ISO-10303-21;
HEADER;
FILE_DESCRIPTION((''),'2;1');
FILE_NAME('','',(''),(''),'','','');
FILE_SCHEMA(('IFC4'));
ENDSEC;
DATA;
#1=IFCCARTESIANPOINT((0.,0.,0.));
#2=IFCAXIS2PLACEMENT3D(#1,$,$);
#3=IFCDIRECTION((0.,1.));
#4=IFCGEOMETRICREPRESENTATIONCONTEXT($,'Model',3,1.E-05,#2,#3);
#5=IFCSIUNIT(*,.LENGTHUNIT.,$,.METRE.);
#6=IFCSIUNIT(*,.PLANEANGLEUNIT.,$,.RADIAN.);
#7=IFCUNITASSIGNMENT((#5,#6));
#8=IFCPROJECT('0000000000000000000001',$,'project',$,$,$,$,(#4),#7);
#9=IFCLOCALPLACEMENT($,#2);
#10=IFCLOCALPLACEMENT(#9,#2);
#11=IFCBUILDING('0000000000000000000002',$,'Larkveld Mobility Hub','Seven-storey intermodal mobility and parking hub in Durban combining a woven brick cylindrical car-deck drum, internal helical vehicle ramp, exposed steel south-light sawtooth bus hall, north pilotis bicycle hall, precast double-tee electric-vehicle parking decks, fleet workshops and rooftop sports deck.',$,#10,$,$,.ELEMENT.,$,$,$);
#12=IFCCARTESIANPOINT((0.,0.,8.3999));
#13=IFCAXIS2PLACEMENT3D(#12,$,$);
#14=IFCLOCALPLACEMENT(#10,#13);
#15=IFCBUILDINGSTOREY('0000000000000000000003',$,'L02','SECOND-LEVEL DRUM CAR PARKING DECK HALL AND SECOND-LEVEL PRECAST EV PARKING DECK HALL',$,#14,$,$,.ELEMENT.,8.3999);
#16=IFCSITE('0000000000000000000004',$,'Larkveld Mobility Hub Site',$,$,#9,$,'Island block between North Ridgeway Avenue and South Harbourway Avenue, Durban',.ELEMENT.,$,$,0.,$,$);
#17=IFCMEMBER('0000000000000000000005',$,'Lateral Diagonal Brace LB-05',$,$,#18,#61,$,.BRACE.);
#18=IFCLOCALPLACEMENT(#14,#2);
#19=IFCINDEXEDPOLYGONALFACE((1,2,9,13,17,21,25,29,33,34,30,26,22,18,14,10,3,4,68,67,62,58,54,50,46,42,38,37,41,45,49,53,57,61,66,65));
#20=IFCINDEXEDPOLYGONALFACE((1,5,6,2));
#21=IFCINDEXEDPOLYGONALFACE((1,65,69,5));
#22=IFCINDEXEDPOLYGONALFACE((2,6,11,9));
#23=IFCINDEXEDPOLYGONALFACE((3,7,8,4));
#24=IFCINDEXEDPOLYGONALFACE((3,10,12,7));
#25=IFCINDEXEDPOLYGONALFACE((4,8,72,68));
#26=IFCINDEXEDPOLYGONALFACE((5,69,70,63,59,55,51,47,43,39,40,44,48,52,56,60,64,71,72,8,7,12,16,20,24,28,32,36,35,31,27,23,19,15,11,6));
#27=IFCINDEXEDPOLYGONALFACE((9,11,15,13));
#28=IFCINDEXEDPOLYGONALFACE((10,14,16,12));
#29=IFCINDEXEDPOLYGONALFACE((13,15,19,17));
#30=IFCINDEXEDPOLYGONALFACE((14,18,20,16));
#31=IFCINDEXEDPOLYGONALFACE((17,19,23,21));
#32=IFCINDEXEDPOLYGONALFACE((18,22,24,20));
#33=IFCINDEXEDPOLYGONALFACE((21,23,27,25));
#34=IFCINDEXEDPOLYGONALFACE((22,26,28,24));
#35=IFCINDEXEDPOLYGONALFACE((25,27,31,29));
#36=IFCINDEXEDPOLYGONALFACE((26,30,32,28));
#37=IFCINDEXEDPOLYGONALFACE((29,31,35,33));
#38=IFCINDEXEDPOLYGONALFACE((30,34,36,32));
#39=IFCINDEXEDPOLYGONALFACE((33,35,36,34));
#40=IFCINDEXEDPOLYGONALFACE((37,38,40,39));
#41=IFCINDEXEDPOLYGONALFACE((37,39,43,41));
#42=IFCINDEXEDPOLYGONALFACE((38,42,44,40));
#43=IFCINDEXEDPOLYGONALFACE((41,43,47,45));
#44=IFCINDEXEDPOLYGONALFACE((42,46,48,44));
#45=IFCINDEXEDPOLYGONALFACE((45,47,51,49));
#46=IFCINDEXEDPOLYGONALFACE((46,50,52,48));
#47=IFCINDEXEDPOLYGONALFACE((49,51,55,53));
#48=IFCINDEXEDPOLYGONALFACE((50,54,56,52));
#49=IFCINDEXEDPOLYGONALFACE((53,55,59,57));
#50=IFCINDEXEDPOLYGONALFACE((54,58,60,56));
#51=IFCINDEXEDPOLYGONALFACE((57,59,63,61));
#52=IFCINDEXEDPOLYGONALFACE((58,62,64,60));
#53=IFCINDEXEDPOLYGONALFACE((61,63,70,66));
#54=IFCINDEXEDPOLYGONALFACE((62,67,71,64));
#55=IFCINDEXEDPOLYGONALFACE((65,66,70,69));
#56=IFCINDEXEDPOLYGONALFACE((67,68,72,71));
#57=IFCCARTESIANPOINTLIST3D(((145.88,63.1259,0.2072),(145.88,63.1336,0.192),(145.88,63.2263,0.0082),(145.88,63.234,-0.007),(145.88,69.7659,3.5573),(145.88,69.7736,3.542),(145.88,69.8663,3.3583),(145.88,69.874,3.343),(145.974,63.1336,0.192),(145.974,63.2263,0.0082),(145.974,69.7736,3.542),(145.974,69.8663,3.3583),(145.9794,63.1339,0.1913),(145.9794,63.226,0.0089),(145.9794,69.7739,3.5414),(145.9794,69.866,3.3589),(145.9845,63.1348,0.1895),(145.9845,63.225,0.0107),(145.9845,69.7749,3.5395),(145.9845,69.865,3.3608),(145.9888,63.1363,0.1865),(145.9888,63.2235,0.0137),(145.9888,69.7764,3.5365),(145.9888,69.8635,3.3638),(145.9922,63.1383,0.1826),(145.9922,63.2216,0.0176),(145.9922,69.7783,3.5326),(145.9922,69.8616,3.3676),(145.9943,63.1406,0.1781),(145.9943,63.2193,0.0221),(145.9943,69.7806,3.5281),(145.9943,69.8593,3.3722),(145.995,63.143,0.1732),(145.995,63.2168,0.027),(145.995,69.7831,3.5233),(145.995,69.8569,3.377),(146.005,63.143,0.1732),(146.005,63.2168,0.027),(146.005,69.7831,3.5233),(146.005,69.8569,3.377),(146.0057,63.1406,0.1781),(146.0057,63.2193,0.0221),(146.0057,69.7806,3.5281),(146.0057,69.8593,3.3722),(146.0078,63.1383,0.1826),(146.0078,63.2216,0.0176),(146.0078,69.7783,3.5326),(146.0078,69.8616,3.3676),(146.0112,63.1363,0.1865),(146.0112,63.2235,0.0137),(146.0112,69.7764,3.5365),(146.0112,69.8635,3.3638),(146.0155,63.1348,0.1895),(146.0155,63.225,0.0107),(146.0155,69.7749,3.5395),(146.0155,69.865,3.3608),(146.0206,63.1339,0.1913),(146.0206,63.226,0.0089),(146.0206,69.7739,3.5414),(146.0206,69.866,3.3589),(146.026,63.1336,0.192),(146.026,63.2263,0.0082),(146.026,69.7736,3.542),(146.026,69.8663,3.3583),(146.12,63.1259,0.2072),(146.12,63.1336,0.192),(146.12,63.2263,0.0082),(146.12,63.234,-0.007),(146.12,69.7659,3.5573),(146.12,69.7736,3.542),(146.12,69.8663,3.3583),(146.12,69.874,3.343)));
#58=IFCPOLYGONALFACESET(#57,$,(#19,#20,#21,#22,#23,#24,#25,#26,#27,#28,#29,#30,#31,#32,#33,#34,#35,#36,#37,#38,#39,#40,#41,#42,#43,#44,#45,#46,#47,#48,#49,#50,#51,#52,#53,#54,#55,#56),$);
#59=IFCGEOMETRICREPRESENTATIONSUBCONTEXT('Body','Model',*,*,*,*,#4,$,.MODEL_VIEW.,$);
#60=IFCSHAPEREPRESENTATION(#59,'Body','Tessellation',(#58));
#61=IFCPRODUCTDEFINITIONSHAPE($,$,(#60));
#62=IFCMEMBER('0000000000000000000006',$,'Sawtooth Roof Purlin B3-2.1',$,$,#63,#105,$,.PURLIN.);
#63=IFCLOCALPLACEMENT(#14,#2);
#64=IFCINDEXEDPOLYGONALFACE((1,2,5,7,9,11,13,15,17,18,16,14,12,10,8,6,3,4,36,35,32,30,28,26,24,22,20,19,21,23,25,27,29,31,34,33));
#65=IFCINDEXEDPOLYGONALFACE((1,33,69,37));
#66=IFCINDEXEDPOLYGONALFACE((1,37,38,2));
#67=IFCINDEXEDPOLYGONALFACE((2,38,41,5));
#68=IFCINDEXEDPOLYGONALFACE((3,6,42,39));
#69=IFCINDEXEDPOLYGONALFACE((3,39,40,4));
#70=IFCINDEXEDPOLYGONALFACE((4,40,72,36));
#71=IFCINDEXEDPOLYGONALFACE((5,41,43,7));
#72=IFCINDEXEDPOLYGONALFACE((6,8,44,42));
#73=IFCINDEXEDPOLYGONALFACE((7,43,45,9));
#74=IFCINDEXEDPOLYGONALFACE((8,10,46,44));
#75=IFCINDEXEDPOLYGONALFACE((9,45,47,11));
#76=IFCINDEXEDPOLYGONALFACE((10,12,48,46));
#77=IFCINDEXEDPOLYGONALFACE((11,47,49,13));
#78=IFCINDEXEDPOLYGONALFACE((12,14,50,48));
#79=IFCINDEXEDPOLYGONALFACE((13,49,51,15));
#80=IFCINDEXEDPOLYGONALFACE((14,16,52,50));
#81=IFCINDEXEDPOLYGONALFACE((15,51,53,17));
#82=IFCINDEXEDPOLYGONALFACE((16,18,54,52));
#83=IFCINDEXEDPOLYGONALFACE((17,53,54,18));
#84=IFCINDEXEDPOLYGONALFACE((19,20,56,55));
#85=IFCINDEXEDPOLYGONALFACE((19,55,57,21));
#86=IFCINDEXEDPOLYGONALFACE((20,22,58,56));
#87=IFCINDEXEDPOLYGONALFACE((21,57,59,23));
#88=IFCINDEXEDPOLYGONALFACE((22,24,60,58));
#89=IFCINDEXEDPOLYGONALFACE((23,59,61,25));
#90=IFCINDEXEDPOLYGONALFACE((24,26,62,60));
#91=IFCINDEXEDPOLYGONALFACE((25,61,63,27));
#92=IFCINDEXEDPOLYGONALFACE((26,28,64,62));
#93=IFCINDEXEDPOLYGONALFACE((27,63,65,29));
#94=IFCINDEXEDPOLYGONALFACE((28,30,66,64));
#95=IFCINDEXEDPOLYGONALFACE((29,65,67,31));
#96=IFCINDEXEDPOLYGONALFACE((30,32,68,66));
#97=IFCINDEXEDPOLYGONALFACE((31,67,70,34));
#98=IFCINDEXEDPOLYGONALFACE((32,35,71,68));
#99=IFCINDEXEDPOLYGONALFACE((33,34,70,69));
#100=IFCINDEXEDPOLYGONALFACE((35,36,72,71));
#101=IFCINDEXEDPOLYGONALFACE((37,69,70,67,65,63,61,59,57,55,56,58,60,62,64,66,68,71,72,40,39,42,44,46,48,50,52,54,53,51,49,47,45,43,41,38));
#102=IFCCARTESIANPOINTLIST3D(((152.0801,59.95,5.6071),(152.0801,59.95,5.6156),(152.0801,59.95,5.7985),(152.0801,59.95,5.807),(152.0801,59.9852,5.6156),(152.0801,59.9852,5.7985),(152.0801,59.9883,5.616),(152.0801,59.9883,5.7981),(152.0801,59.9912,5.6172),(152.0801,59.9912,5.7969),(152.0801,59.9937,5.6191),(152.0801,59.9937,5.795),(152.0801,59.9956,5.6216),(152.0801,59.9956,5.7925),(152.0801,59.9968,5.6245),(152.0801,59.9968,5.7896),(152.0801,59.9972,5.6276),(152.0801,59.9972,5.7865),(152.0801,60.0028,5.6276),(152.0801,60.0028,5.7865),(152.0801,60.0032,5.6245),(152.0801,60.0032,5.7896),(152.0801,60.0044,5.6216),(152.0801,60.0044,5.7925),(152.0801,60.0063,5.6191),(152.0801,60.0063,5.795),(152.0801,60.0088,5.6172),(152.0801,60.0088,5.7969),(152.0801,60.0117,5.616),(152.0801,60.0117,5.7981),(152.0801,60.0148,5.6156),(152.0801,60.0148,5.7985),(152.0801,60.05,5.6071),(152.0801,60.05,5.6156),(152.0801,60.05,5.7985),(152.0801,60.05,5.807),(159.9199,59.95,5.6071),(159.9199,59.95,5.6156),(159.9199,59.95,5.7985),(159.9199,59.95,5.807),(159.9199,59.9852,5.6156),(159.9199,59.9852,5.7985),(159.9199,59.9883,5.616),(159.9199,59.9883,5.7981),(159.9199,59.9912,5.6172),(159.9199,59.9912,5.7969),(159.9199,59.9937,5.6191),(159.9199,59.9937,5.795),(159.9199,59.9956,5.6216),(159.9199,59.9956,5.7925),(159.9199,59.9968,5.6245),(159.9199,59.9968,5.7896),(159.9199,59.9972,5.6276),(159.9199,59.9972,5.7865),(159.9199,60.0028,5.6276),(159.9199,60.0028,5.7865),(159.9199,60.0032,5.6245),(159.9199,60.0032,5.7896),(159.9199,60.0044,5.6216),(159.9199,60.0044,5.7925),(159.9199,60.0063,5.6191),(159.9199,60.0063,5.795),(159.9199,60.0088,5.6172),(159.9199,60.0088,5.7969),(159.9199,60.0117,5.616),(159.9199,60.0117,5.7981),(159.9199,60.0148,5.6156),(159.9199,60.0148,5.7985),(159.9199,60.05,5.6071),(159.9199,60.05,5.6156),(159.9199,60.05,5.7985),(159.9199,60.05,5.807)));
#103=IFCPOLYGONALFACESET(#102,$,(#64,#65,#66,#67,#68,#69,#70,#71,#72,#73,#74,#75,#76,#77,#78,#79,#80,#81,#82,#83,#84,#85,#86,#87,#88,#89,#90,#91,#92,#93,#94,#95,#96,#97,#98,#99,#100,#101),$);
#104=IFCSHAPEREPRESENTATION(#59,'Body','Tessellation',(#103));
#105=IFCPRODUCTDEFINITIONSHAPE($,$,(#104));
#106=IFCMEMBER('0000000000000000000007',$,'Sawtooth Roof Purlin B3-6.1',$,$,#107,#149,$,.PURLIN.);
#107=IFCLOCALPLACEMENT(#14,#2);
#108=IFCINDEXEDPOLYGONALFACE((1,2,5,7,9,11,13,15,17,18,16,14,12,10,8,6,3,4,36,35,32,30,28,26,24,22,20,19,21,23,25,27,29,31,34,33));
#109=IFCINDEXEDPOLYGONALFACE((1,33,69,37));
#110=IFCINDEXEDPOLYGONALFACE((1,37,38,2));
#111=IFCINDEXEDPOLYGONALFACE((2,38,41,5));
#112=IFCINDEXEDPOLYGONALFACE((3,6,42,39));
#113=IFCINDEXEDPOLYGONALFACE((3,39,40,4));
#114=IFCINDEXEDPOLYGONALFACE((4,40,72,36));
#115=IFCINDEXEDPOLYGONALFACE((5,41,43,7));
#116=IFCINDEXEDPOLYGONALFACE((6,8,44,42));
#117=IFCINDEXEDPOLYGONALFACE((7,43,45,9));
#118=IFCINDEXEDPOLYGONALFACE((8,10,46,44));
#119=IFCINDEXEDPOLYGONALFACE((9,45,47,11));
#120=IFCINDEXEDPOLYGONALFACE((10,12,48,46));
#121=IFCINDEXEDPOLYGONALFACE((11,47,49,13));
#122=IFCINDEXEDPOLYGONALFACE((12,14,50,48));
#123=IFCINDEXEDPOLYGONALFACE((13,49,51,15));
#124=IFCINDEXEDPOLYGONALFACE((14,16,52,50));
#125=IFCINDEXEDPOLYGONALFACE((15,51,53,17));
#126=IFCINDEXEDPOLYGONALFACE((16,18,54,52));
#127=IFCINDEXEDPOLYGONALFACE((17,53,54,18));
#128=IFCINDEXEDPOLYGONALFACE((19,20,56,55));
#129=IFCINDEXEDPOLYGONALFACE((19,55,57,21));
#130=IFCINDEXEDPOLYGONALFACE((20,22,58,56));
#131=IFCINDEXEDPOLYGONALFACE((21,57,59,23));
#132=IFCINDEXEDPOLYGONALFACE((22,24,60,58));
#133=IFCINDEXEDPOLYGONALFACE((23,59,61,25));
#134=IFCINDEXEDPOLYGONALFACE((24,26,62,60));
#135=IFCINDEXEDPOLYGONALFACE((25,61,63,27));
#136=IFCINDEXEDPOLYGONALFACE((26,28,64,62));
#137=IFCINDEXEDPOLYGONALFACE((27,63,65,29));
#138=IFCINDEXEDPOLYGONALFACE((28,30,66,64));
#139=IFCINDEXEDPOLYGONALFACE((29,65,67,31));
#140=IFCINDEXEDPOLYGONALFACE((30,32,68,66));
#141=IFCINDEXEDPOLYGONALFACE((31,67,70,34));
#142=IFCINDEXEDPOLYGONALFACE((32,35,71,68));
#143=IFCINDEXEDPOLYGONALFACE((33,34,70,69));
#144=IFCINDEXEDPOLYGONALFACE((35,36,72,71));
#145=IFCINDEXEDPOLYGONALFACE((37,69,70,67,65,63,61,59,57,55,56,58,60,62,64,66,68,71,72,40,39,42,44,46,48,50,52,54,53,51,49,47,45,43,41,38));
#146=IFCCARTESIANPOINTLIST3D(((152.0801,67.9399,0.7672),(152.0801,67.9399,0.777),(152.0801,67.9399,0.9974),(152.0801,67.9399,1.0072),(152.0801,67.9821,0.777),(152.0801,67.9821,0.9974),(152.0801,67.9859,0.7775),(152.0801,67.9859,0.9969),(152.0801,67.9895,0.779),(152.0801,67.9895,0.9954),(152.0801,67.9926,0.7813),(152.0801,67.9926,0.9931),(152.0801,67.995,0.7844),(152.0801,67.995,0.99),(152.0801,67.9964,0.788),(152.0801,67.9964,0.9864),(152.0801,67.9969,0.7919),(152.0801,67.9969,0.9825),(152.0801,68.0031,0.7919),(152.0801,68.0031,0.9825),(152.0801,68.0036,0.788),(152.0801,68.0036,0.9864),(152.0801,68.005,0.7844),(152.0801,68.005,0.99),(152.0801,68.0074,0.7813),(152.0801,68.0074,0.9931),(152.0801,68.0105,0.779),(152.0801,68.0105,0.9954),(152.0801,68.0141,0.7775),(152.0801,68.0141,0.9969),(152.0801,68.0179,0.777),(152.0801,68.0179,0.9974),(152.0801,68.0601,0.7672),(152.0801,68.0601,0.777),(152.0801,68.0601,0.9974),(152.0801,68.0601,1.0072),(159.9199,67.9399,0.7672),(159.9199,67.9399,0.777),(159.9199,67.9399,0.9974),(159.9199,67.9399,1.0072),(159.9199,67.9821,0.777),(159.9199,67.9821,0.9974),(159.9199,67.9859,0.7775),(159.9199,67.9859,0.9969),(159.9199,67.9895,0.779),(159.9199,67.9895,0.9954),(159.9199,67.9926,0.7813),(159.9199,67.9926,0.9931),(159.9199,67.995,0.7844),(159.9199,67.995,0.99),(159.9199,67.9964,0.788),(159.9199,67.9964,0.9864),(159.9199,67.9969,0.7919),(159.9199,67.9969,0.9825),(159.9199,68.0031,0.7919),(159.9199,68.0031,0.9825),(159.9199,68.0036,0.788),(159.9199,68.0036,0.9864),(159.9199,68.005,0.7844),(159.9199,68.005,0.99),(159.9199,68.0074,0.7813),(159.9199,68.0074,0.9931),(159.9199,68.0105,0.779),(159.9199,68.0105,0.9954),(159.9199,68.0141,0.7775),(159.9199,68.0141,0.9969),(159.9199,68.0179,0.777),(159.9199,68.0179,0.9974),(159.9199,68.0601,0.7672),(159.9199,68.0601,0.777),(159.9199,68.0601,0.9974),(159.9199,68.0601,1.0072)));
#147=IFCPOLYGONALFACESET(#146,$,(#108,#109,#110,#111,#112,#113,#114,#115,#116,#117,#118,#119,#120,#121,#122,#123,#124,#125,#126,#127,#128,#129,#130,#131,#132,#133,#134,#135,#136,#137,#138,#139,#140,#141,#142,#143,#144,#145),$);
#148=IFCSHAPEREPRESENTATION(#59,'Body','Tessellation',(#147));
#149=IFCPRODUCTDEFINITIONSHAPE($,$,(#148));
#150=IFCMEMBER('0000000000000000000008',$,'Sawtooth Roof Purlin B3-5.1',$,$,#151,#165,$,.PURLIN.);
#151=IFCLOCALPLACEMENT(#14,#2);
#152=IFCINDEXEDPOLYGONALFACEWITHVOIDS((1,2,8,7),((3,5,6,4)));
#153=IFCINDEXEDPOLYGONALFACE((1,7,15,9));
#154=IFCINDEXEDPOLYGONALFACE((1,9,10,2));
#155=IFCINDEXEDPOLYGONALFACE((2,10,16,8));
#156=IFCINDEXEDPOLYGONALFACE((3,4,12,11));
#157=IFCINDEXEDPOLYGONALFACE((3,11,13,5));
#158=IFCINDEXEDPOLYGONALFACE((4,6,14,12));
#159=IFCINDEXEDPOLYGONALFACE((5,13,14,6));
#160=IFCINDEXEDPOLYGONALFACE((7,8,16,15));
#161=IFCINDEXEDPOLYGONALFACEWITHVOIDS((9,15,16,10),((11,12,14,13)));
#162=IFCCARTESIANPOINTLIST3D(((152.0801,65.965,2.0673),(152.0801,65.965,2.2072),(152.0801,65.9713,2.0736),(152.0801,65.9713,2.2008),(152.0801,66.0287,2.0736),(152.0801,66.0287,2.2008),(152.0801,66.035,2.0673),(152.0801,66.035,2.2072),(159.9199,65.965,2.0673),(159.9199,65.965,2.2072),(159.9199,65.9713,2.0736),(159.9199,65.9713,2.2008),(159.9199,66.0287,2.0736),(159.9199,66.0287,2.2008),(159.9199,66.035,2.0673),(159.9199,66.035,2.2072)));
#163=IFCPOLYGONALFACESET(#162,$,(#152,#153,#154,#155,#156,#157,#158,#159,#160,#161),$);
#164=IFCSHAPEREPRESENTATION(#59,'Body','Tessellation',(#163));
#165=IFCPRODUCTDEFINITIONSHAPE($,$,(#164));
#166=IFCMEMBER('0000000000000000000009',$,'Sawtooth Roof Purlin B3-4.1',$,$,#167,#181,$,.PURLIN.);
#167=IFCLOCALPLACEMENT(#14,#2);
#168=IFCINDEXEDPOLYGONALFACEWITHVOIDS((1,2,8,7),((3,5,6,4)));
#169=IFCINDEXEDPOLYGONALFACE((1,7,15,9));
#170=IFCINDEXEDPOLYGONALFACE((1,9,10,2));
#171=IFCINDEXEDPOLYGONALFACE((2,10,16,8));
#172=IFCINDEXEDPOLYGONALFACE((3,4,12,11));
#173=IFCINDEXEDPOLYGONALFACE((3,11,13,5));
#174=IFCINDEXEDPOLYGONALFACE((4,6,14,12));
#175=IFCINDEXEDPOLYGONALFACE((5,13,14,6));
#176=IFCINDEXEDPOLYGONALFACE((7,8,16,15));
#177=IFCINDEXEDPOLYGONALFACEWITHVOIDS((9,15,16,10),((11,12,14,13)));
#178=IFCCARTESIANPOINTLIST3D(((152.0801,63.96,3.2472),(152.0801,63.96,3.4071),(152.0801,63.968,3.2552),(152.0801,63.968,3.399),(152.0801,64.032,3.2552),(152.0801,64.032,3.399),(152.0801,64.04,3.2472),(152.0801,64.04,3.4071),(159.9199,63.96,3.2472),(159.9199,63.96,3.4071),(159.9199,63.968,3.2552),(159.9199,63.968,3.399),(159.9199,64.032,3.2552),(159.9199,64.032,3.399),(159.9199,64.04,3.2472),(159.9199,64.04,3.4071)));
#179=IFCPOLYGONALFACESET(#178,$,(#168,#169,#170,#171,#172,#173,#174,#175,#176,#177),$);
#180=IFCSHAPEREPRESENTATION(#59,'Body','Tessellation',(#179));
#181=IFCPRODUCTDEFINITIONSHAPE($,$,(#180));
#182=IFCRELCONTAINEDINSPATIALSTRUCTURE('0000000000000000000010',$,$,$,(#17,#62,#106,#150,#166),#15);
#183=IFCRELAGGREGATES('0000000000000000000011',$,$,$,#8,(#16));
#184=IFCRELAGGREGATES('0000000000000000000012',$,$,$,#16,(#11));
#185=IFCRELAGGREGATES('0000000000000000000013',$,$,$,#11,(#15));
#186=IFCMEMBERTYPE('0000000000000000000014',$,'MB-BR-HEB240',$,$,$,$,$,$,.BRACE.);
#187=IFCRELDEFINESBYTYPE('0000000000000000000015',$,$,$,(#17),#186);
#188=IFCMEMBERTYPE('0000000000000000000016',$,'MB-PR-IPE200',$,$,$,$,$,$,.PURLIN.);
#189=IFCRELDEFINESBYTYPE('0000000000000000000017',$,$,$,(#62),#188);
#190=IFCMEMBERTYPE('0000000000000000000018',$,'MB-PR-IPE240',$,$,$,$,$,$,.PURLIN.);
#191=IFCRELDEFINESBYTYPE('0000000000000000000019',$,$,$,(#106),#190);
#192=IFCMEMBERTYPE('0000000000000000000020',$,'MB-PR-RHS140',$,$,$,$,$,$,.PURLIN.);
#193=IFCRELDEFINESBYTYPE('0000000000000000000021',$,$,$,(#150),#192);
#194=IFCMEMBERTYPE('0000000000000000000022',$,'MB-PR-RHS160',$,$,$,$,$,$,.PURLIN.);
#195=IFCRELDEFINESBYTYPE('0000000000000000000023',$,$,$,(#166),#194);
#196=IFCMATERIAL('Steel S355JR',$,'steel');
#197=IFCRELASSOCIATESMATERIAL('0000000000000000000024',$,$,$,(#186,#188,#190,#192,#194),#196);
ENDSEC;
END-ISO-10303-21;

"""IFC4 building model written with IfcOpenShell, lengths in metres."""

from ifc_helpers import new_model, si_unit, direction, frame, origin, origin_2d, place, context, subcontext, project, spatial, hollow_rectangle, i_section, extrude, material, material_profile, profile_set, type_object, element, save


model = new_model("IFC4")

# Units and contexts
model_context = context("Model", 3, precision=1e-05, world=origin(), true_north=direction((0.0, 1.0)))
body_context = subcontext(model_context, "Body", "Model", "MODEL_VIEW")
ifc_project = project(units=[si_unit("LENGTHUNIT", "METRE"), si_unit("PLANEANGLEUNIT", "RADIAN")], contexts=[model_context])

# Site, building, storey
site_placement = place(None, origin())
site = spatial("IfcSite", under=ifc_project, at=site_placement, Name="Larkveld Mobility Hub Site", LongName="Island block between North Ridgeway Avenue and South Harbourway Avenue, Durban", CompositionType="ELEMENT", RefElevation=0.0)
building_placement = place(site_placement, origin())
building = spatial("IfcBuilding", under=site, at=building_placement, Name="Larkveld Mobility Hub", Description="Seven-storey intermodal mobility and parking hub in Durban combining a woven brick cylindrical car-deck drum, internal helical vehicle ramp, exposed steel south-light sawtooth bus hall, north pilotis bicycle hall, precast double-tee electric-vehicle parking decks, fleet workshops and rooftop sports deck.", CompositionType="ELEMENT")
storey_placement = place(building_placement, frame((0.0, 0.0, 8.3999)))
storey = spatial("IfcBuildingStorey", under=building, at=storey_placement, Name="L02", Description="SECOND-LEVEL DRUM CAR PARKING DECK HALL AND SECOND-LEVEL PRECAST EV PARKING DECK HALL", CompositionType="ELEMENT", Elevation=8.3999)

# Members
ifc_material_1 = material(Name="Steel S355JR", Category="steel")
ifc_material_profile_1 = material_profile(ifc_material_1, i_section(OverallWidth=0.24, OverallDepth=0.24, WebThickness=0.01, FlangeThickness=0.0171, FilletRadius=0.021, at=origin_2d()), Name="HEB 240")
ifc_profile_set_1 = profile_set([ifc_material_profile_1], Name="Steel S355JR")
member_type_1 = type_object("IfcMemberType", Name="MB-BR-HEB240", PredefinedType="BRACE", material=ifc_profile_set_1)
member_1_placement = place(storey_placement, frame((146.0, 63.1799, 0.1001), z_axis=(0.0, 0.892806, 0.450441), x_axis=(-1.0, 0.0, 0.0)))
element("IfcMember", 1, at=member_1_placement, inside=storey, type_object=member_type_1, Name="Lateral Diagonal Brace LB-05", PredefinedType="BRACE", context=body_context, shape_type="SweptSolid", body=[
    extrude(i_section(OverallWidth=0.24, OverallDepth=0.24, WebThickness=0.01, FlangeThickness=0.0171, FilletRadius=0.021, at=origin_2d()), origin(), (0.0, 0.0, 1.0), 7.4373),
])
ifc_material_profile_2 = material_profile(ifc_material_1, i_section(OverallWidth=0.1001, OverallDepth=0.2, WebThickness=0.0056, FlangeThickness=0.0085, FilletRadius=0.012, at=origin_2d()), Name="IPE 200")
ifc_profile_set_2 = profile_set([ifc_material_profile_2], Name="Steel S355JR")
member_type_2 = type_object("IfcMemberType", Name="MB-PR-IPE200", PredefinedType="PURLIN", material=ifc_profile_set_2)
member_2_placement = place(storey_placement, frame((152.0801, 60.0, 5.707), z_axis=(1.0, 0.0, 0.0), x_axis=(0.0, 1.0, 0.0)))
element("IfcMember", 2, at=member_2_placement, inside=storey, type_object=member_type_2, Name="Sawtooth Roof Purlin B3-2.1", PredefinedType="PURLIN", context=body_context, shape_type="SweptSolid", body=[
    extrude(i_section(OverallWidth=0.1001, OverallDepth=0.2, WebThickness=0.0056, FlangeThickness=0.0085, FilletRadius=0.012, at=origin_2d()), origin(), (0.0, 0.0, 1.0), 7.8398),
])
ifc_material_profile_3 = material_profile(ifc_material_1, i_section(OverallWidth=0.1201, OverallDepth=0.24, WebThickness=0.0061, FlangeThickness=0.0098, FilletRadius=0.0149, at=origin_2d()), Name="IPE 240")
ifc_profile_set_3 = profile_set([ifc_material_profile_3], Name="Steel S355JR")
member_type_3 = type_object("IfcMemberType", Name="MB-PR-IPE240", PredefinedType="PURLIN", material=ifc_profile_set_3)
member_3_placement = place(storey_placement, frame((152.0801, 68.0, 0.8872), z_axis=(1.0, 0.0, 0.0), x_axis=(0.0, 1.0, 0.0)))
element("IfcMember", 3, at=member_3_placement, inside=storey, type_object=member_type_3, Name="Sawtooth Roof Purlin B3-6.1", PredefinedType="PURLIN", context=body_context, shape_type="SweptSolid", body=[
    extrude(i_section(OverallWidth=0.1201, OverallDepth=0.24, WebThickness=0.0061, FlangeThickness=0.0098, FilletRadius=0.0149, at=origin_2d()), origin(), (0.0, 0.0, 1.0), 7.8398),
])
ifc_material_profile_4 = material_profile(ifc_material_1, hollow_rectangle(XDim=0.0701, YDim=0.1399, WallThickness=0.0063, at=origin_2d()), Name="RHS 140x70x6.3")
ifc_profile_set_4 = profile_set([ifc_material_profile_4], Name="Steel S355JR")
member_type_4 = type_object("IfcMemberType", Name="MB-PR-RHS140", PredefinedType="PURLIN", material=ifc_profile_set_4)
member_4_placement = place(storey_placement, frame((152.0801, 66.0, 2.1372), z_axis=(1.0, 0.0, 0.0), x_axis=(0.0, 1.0, 0.0)))
element("IfcMember", 4, at=member_4_placement, inside=storey, type_object=member_type_4, Name="Sawtooth Roof Purlin B3-5.1", PredefinedType="PURLIN", context=body_context, shape_type="SweptSolid", body=[
    extrude(hollow_rectangle(XDim=0.0701, YDim=0.1399, WallThickness=0.0063, at=origin_2d()), origin(), (0.0, 0.0, 1.0), 7.8398),
])
ifc_material_profile_5 = material_profile(ifc_material_1, hollow_rectangle(XDim=0.0801, YDim=0.1599, WallThickness=0.0081, at=origin_2d()), Name="RHS 160x80x8")
ifc_profile_set_5 = profile_set([ifc_material_profile_5], Name="Steel S355JR")
member_type_5 = type_object("IfcMemberType", Name="MB-PR-RHS160", PredefinedType="PURLIN", material=ifc_profile_set_5)
member_5_placement = place(storey_placement, frame((152.0801, 64.0, 3.3271), z_axis=(1.0, 0.0, 0.0), x_axis=(0.0, 1.0, 0.0)))
element("IfcMember", 5, at=member_5_placement, inside=storey, type_object=member_type_5, Name="Sawtooth Roof Purlin B3-4.1", PredefinedType="PURLIN", context=body_context, shape_type="SweptSolid", body=[
    extrude(hollow_rectangle(XDim=0.0801, YDim=0.1599, WallThickness=0.0081, at=origin_2d()), origin(), (0.0, 0.0, 1.0), 7.8398),
])

save(model, "model.ifc")
